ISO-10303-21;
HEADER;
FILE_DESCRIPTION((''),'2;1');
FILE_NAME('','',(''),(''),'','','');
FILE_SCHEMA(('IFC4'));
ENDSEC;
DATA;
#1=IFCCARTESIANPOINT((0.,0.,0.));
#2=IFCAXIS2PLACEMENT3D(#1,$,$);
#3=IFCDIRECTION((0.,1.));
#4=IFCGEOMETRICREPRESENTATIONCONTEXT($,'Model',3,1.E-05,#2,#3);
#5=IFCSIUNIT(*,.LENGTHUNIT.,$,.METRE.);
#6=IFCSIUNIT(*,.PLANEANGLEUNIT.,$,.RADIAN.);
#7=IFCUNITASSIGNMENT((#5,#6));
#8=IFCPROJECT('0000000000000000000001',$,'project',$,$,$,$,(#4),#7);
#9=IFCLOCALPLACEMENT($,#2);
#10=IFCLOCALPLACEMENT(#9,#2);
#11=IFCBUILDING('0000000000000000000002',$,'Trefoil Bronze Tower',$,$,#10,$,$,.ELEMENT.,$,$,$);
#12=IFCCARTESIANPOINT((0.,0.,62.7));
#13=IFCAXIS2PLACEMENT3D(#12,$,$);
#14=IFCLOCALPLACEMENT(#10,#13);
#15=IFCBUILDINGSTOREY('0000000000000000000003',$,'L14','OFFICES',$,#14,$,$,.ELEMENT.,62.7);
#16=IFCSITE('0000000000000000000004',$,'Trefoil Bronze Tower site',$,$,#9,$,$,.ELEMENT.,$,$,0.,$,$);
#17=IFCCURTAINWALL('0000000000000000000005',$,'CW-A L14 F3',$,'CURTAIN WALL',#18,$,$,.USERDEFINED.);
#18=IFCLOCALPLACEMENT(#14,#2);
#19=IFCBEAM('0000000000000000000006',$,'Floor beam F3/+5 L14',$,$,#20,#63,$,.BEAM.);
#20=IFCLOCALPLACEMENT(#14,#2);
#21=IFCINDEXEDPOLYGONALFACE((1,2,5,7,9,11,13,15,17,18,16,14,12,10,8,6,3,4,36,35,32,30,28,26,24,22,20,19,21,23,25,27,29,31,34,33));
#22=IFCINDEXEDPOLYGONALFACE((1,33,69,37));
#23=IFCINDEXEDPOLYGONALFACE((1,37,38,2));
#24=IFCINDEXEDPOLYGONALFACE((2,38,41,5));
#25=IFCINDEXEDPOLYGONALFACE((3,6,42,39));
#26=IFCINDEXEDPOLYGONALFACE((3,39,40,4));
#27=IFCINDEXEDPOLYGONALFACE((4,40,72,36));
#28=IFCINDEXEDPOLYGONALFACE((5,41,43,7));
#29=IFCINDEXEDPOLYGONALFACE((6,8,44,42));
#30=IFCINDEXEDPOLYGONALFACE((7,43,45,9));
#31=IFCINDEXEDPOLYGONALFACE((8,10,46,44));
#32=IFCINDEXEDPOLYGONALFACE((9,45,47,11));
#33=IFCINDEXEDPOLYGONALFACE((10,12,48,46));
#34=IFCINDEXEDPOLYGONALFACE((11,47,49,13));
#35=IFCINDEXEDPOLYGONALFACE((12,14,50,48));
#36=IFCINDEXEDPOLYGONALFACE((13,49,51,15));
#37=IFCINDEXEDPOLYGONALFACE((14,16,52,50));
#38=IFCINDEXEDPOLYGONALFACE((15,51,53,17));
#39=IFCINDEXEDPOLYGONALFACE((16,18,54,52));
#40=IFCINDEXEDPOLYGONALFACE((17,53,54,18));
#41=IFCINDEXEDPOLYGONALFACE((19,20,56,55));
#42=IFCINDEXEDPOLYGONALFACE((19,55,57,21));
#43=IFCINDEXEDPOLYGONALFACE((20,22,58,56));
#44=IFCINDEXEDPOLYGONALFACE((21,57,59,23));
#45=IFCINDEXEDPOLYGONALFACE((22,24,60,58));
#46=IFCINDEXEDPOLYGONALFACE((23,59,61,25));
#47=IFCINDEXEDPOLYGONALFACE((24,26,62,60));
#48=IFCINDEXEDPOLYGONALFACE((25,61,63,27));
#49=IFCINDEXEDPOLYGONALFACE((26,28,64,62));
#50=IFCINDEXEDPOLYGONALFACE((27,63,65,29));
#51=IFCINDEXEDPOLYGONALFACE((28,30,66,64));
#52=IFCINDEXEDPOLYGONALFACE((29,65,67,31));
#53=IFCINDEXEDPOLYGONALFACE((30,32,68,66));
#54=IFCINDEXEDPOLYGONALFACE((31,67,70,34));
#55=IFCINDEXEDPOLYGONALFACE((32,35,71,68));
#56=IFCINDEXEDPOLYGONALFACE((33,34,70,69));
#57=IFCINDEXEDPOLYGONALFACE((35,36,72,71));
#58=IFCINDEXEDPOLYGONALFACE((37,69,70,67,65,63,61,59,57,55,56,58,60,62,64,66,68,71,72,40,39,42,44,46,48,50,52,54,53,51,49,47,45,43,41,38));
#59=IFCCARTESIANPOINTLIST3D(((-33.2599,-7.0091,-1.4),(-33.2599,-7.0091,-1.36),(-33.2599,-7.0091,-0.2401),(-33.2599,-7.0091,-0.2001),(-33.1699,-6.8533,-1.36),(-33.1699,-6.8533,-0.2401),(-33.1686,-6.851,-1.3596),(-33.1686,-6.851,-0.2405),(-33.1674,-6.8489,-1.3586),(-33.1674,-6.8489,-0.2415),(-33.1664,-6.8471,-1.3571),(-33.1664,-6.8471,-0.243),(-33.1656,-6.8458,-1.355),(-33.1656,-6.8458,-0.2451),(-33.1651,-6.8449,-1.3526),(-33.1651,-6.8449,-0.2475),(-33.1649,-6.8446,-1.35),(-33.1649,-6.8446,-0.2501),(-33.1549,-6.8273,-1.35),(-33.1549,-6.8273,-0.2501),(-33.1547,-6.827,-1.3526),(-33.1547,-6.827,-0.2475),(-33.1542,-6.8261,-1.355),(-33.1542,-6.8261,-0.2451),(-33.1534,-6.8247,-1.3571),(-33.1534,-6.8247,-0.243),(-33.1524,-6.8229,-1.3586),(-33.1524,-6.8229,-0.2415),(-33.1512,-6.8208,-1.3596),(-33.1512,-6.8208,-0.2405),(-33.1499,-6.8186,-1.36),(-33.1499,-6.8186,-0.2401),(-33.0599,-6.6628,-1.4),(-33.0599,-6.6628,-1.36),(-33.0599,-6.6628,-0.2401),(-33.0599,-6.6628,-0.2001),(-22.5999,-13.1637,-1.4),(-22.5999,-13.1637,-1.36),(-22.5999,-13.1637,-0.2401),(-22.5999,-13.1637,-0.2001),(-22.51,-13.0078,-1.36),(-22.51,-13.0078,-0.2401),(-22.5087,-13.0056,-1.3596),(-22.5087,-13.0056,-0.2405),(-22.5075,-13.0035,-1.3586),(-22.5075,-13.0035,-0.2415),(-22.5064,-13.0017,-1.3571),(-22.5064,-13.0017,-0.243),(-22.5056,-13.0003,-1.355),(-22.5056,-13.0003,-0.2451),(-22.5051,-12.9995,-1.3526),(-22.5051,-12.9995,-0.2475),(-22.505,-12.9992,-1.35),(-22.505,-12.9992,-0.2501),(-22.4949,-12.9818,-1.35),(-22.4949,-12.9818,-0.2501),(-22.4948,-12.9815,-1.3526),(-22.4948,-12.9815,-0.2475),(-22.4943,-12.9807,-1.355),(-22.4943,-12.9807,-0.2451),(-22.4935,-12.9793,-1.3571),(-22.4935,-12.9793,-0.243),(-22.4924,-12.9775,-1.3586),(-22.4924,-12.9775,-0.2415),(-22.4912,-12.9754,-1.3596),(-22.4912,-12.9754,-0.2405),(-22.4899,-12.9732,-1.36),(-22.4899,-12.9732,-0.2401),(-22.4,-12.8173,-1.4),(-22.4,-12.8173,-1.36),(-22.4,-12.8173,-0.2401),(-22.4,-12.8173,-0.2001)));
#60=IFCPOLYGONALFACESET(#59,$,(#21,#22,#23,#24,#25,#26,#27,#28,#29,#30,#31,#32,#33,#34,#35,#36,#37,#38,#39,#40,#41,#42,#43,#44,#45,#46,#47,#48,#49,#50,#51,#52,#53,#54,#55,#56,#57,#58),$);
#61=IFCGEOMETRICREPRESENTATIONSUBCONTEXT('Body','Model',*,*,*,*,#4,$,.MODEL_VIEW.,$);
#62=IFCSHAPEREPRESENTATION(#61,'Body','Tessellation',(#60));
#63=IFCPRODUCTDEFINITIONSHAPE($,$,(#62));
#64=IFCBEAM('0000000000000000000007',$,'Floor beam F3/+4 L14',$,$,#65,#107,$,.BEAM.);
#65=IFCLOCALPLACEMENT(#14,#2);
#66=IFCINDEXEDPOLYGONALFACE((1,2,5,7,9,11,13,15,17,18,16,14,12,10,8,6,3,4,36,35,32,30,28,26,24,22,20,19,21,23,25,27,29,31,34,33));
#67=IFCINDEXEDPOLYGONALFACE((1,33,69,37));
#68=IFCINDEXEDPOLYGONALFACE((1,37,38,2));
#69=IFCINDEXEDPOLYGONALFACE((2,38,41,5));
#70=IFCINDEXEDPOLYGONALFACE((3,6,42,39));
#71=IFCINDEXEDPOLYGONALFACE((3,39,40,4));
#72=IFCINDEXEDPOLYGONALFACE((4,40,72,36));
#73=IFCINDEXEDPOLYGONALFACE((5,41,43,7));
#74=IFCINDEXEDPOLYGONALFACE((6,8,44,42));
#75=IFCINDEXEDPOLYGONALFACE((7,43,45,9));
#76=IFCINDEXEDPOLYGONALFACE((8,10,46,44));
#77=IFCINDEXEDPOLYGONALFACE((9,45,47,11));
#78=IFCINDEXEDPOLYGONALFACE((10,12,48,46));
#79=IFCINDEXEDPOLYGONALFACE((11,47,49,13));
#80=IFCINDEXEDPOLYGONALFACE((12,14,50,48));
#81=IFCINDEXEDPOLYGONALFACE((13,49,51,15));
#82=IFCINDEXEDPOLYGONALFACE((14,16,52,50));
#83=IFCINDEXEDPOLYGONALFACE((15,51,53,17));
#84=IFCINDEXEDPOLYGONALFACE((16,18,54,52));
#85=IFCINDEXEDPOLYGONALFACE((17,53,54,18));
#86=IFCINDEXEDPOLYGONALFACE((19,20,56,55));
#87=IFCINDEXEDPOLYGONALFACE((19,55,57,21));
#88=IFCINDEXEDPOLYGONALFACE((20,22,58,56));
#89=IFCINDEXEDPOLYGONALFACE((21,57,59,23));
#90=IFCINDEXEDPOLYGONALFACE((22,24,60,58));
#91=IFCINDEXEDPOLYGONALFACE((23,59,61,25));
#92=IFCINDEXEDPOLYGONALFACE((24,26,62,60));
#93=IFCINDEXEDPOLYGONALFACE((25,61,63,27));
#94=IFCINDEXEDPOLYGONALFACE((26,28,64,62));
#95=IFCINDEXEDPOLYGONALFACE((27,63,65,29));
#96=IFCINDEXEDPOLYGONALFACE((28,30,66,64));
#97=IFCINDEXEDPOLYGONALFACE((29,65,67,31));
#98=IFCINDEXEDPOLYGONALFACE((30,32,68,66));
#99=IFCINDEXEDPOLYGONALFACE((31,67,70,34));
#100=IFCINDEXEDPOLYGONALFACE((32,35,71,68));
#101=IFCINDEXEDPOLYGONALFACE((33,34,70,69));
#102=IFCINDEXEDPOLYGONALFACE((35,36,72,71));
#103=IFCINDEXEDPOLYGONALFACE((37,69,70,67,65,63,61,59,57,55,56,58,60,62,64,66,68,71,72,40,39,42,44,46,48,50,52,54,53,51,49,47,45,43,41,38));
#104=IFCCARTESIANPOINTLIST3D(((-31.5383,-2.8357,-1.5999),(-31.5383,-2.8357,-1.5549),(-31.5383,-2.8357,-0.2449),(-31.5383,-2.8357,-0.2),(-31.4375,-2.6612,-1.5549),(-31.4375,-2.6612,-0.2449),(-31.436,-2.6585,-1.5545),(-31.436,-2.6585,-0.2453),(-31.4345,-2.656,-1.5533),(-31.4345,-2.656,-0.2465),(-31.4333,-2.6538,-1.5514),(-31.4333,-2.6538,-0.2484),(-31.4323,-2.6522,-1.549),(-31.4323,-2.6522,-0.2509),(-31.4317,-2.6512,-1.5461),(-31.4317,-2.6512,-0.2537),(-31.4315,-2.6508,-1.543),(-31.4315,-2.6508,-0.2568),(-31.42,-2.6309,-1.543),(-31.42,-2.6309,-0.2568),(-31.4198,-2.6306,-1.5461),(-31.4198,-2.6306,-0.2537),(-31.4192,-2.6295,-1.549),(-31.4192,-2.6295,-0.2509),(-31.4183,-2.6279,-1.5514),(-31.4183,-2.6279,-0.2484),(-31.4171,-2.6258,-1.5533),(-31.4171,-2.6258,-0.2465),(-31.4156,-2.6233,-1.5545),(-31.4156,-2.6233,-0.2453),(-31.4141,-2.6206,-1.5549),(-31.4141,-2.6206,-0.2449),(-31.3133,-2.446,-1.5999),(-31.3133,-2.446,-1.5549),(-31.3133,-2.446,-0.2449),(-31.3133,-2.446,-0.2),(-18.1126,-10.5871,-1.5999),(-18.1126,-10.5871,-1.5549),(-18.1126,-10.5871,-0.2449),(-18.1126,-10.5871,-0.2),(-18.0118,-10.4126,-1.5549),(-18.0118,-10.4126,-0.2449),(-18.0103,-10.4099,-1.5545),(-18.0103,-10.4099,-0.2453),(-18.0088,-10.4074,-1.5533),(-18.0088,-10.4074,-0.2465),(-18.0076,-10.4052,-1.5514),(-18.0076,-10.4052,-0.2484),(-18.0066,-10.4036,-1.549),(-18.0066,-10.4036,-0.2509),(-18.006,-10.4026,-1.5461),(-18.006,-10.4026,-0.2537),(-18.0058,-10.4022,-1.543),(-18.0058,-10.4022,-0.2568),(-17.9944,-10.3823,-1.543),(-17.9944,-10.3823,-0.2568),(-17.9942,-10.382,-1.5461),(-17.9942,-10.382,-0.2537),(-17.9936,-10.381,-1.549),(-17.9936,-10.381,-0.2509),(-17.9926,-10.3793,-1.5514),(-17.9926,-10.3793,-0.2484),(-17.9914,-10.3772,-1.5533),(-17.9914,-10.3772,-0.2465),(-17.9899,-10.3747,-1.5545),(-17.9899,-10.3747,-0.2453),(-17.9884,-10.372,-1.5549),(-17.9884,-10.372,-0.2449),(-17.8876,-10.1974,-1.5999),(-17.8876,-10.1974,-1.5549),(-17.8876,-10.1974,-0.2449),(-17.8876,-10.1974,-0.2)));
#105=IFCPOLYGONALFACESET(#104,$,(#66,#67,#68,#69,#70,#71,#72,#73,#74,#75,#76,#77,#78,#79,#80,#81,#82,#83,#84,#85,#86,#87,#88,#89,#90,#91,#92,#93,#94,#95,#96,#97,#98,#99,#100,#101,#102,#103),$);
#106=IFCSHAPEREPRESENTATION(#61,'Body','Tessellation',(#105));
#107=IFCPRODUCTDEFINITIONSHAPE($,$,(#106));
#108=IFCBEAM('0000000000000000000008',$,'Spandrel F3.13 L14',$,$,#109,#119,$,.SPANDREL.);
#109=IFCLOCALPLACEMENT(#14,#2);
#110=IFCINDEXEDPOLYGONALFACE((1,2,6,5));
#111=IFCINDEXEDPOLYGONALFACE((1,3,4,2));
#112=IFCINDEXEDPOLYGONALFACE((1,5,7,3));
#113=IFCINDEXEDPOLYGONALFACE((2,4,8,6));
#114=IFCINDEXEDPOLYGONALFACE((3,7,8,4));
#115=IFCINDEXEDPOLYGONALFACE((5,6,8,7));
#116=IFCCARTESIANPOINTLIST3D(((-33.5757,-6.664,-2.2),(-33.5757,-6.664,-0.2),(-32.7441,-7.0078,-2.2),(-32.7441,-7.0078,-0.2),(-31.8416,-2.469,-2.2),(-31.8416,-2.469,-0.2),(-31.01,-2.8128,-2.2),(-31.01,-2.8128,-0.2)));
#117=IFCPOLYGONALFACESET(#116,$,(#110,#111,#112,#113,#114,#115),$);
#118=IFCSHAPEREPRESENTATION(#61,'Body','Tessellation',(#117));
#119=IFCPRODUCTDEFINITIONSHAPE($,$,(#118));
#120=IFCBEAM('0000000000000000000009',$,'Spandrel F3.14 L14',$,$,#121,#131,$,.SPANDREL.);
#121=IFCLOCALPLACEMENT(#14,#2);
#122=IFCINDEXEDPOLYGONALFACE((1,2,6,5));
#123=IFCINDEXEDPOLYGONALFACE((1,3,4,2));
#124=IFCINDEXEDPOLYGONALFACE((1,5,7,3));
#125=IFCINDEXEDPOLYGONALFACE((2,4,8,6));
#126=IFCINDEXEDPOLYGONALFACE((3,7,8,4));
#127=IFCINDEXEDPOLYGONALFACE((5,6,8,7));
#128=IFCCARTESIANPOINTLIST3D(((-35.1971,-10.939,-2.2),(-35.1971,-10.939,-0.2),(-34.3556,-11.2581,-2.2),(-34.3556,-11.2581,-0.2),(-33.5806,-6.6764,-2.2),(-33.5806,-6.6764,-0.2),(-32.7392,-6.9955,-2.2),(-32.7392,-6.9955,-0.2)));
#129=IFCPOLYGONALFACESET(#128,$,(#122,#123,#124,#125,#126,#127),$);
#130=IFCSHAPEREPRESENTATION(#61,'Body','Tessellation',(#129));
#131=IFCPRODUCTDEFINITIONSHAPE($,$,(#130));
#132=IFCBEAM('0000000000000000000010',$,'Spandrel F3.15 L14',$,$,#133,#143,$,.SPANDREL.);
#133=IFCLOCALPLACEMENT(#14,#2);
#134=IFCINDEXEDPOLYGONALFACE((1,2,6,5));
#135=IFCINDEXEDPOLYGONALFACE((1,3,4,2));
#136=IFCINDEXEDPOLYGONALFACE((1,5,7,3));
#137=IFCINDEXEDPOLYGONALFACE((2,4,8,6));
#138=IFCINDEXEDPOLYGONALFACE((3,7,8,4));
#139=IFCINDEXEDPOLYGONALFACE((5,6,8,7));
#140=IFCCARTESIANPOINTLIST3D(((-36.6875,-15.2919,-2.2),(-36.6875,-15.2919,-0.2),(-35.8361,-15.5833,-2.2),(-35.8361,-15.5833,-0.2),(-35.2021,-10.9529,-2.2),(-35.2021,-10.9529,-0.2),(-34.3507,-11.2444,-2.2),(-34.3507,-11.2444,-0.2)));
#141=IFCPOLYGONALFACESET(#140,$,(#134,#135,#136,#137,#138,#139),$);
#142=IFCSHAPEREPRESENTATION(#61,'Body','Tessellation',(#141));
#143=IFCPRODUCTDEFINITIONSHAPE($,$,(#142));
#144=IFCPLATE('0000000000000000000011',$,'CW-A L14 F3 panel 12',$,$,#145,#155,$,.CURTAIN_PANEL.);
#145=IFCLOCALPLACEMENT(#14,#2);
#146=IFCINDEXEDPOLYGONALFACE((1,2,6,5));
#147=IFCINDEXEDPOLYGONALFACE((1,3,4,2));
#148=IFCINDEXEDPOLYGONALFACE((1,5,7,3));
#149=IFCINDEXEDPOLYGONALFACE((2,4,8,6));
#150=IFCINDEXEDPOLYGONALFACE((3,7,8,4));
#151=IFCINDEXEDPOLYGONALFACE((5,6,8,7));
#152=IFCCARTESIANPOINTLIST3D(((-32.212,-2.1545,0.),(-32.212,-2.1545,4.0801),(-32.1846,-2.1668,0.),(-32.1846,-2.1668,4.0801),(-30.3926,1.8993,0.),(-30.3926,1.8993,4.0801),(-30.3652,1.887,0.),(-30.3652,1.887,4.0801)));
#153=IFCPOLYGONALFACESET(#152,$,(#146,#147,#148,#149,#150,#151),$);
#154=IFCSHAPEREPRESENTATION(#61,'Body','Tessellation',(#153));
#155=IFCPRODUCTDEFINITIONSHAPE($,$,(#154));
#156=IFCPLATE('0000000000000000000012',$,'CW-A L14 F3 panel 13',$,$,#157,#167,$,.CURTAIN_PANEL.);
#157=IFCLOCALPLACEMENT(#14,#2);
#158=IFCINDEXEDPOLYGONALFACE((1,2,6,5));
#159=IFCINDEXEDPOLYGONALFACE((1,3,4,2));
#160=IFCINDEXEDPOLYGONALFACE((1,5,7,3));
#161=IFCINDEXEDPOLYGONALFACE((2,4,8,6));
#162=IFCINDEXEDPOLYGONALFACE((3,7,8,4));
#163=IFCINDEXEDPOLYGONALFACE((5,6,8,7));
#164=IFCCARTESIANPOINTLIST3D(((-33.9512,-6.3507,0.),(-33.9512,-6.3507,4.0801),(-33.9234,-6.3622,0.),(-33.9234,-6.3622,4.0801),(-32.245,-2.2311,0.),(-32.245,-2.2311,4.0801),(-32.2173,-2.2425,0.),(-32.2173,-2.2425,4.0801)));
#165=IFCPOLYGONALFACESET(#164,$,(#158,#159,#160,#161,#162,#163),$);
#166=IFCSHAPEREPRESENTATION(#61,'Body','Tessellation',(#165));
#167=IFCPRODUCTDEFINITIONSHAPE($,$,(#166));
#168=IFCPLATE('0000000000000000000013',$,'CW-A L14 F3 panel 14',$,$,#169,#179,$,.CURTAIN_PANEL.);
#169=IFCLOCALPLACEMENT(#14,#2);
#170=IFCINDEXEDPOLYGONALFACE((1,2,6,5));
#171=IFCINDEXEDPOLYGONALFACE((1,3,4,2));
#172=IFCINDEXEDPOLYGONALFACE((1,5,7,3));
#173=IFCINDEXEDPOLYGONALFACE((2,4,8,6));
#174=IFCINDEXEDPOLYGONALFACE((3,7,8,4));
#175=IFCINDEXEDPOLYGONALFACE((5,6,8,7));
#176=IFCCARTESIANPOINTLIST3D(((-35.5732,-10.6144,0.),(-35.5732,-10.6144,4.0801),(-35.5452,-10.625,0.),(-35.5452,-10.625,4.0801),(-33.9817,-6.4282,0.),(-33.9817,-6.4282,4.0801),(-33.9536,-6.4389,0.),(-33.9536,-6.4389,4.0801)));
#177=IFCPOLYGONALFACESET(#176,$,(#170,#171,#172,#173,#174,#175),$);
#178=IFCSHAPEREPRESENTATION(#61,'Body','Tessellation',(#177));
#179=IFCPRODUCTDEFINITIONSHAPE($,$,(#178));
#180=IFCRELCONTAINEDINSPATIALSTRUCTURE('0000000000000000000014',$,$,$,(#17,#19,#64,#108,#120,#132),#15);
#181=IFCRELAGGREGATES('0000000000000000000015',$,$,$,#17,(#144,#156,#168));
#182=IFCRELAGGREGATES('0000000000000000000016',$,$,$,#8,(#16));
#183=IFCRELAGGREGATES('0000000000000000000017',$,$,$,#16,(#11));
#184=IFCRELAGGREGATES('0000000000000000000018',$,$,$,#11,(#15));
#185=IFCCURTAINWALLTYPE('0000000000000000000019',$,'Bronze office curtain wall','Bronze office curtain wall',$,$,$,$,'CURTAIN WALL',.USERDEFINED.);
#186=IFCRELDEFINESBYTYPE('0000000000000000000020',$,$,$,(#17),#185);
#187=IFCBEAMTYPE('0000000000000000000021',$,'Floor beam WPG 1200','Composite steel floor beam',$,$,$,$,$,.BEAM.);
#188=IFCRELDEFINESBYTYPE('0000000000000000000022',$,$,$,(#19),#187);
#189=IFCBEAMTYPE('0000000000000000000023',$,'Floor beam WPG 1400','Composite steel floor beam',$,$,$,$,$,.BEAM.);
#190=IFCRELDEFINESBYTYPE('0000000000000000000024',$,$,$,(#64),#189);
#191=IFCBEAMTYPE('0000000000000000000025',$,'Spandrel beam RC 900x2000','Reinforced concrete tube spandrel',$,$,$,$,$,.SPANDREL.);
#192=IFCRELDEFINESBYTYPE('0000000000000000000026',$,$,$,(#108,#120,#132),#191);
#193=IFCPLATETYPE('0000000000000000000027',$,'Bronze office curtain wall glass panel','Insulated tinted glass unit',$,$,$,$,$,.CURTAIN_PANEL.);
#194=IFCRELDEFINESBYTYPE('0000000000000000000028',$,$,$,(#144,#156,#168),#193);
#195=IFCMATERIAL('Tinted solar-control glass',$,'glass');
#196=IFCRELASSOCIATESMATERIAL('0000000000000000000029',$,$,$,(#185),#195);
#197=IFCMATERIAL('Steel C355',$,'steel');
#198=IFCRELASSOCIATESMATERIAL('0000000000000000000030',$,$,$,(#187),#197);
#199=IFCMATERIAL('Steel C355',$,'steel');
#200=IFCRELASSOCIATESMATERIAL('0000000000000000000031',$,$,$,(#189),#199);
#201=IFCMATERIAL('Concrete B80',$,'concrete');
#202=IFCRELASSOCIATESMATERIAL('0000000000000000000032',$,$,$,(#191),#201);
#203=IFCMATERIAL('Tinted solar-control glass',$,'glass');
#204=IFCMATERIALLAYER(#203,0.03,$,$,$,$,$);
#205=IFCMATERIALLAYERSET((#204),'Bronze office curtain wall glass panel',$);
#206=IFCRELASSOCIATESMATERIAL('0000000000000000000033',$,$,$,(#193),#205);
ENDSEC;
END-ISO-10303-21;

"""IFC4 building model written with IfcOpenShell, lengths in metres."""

from ifc_helpers import new_model, si_unit, direction, frame, origin, origin_2d, place, context, subcontext, project, spatial, rectangle, i_section, extrude, material, layer, layer_set, material_profile, profile_set, type_object, element, aggregate, save


model = new_model("IFC4")

# Units and contexts
model_context = context("Model", 3, precision=1e-05, world=origin(), true_north=direction((0.0, 1.0)))
body_context = subcontext(model_context, "Body", "Model", "MODEL_VIEW")
ifc_project = project(units=[si_unit("LENGTHUNIT", "METRE"), si_unit("PLANEANGLEUNIT", "RADIAN")], contexts=[model_context])

# Site, building, storey
site_placement = place(None, origin())
site = spatial("IfcSite", under=ifc_project, at=site_placement, Name="Trefoil Bronze Tower site", CompositionType="ELEMENT", RefElevation=0.0)
building_placement = place(site_placement, origin())
building = spatial("IfcBuilding", under=site, at=building_placement, Name="Trefoil Bronze Tower", CompositionType="ELEMENT")
storey_placement = place(building_placement, frame((0.0, 0.0, 62.7)))
storey = spatial("IfcBuildingStorey", under=building, at=storey_placement, Name="L14", Description="OFFICES", CompositionType="ELEMENT", Elevation=62.7)

# Curtain wall
ifc_material_1 = material(Name="Tinted solar-control glass", Category="glass")
curtain_wall_type = type_object("IfcCurtainWallType", Name="Bronze office curtain wall", Description="Bronze office curtain wall", ElementType="CURTAIN WALL", PredefinedType="USERDEFINED", material=ifc_material_1)
curtain_wall_placement = place(storey_placement, origin())
curtain_wall = element("IfcCurtainWall", 1, at=curtain_wall_placement, inside=storey, type_object=curtain_wall_type, Name="CW-A L14 F3", ObjectType="CURTAIN WALL", PredefinedType="USERDEFINED")

# Beams
ifc_material_2 = material(Name="Steel C355", Category="steel")
ifc_material_profile_1 = material_profile(ifc_material_2, i_section(OverallWidth=0.3999, OverallDepth=1.2, WebThickness=0.02, FlangeThickness=0.04, FilletRadius=0.01, at=origin_2d()), Name="WPG 1200")
ifc_profile_set_1 = profile_set([ifc_material_profile_1], Name="Steel C355")
beam_type_1 = type_object("IfcBeamType", Name="Floor beam WPG 1200", Description="Composite steel floor beam", PredefinedType="BEAM", material=ifc_profile_set_1)
beam_1_placement = place(storey_placement, frame((-33.1599, -6.8359, -0.8), z_axis=(0.866024, -0.500002, 0.0), x_axis=(0.500002, 0.866024, 0.0)))
element("IfcBeam", 2, at=beam_1_placement, inside=storey, type_object=beam_type_1, Name="Floor beam F3/+5 L14", PredefinedType="BEAM", context=body_context, shape_type="SweptSolid", body=[
    extrude(i_section(OverallWidth=0.3999, OverallDepth=1.2, WebThickness=0.02, FlangeThickness=0.04, FilletRadius=0.01, at=origin_2d()), origin(), (0.0, 0.0, 1.0), 12.3091),
])
ifc_material_3 = material(Name="Steel C355", Category="steel")
ifc_material_profile_2 = material_profile(ifc_material_3, i_section(OverallWidth=0.45, OverallDepth=1.3999, WebThickness=0.0229, FlangeThickness=0.0449, FilletRadius=0.012, at=origin_2d()), Name="WPG 1400")
ifc_profile_set_2 = profile_set([ifc_material_profile_2], Name="Steel C355")
beam_type_2 = type_object("IfcBeamType", Name="Floor beam WPG 1400", Description="Composite steel floor beam", PredefinedType="BEAM", material=ifc_profile_set_2)
beam_2_placement = place(storey_placement, frame((-31.4258, -2.6409, -0.8999), z_axis=(0.866023, -0.500004, 0.0), x_axis=(0.500004, 0.866023, 0.0)))
element("IfcBeam", 3, at=beam_2_placement, inside=storey, type_object=beam_type_2, Name="Floor beam F3/+4 L14", PredefinedType="BEAM", context=body_context, shape_type="SweptSolid", body=[
    extrude(i_section(OverallWidth=0.45, OverallDepth=1.3999, WebThickness=0.0229, FlangeThickness=0.0449, FilletRadius=0.012, at=origin_2d()), origin(), (0.0, 0.0, 1.0), 15.5027),
])
ifc_material_4 = material(Name="Concrete B80", Category="concrete")
ifc_material_profile_3 = material_profile(ifc_material_4, rectangle(XDim=0.8999, YDim=2.0, at=origin_2d()), Name="RC 900x2000")
ifc_profile_set_3 = profile_set([ifc_material_profile_3], Name="Concrete B80")
beam_type_3 = type_object("IfcBeamType", Name="Spandrel beam RC 900x2000", Description="Reinforced concrete tube spandrel", PredefinedType="SPANDREL", material=ifc_profile_set_3)
beam_3_placement = place(storey_placement, frame((-31.4258, -2.6409, -1.2), z_axis=(-0.382021, -0.924154, 0.0), x_axis=(0.924154, -0.382021, 0.0)))
element("IfcBeam", 4, at=beam_3_placement, inside=storey, type_object=beam_type_3, Name="Spandrel F3.13 L14", PredefinedType="SPANDREL", context=body_context, shape_type="SweptSolid", body=[
    extrude(rectangle(XDim=0.8999, YDim=2.0, at=origin_2d()), origin(), (0.0, 0.0, 1.0), 4.5393),
])
beam_4_placement = place(storey_placement, frame((-33.1599, -6.8359, -1.2), z_axis=(-0.354572, -0.935029, 0.0), x_axis=(0.935029, -0.354572, 0.0)))
element("IfcBeam", 5, at=beam_4_placement, inside=storey, type_object=beam_type_3, Name="Spandrel F3.14 L14", PredefinedType="SPANDREL", context=body_context, shape_type="SweptSolid", body=[
    extrude(rectangle(XDim=0.8999, YDim=2.0, at=origin_2d()), origin(), (0.0, 0.0, 1.0), 4.5588),
])
beam_5_placement = place(storey_placement, frame((-34.7764, -11.0986, -1.2), z_axis=(-0.323883, -0.946097, 0.0), x_axis=(0.946097, -0.323883, 0.0)))
element("IfcBeam", 6, at=beam_5_placement, inside=storey, type_object=beam_type_3, Name="Spandrel F3.15 L14", PredefinedType="SPANDREL", context=body_context, shape_type="SweptSolid", body=[
    extrude(rectangle(XDim=0.8999, YDim=2.0, at=origin_2d()), origin(), (0.0, 0.0, 1.0), 4.5862),
])

# Plates
ifc_material_5 = material(Name="Tinted solar-control glass", Category="glass")
ifc_layer_1 = layer(ifc_material_5, 0.03)
ifc_layer_set_1 = layer_set([ifc_layer_1], Name="Bronze office curtain wall glass panel")
plate_type = type_object("IfcPlateType", Name="Bronze office curtain wall glass panel", Description="Insulated tinted glass unit", PredefinedType="CURTAIN_PANEL", material=ifc_layer_set_1)
plate_1_placement = place(storey_placement, frame((-31.2886, -0.1338, 0.0), z_axis=(0.0, 0.0, 1.0), x_axis=(-0.409456, -0.91233, 0.0)))
plate_1 = element("IfcPlate", 7, at=plate_1_placement, type_object=plate_type, Name="CW-A L14 F3 panel 12", PredefinedType="CURTAIN_PANEL", context=body_context, shape_type="SweptSolid", body=[
    extrude(rectangle(XDim=4.4434, YDim=0.03, at=origin_2d()), origin(), (0.0, 0.0, 1.0), 4.0801),
])
plate_2_placement = place(storey_placement, frame((-33.0842, -4.2966, 0.0), z_axis=(0.0, 0.0, 1.0), x_axis=(-0.38263, -0.923902, 0.0)))
plate_2 = element("IfcPlate", 8, at=plate_2_placement, type_object=plate_type, Name="CW-A L14 F3 panel 13", PredefinedType="CURTAIN_PANEL", context=body_context, shape_type="SweptSolid", body=[
    extrude(rectangle(XDim=4.459, YDim=0.03, at=origin_2d()), origin(), (0.0, 0.0, 1.0), 4.0801),
])
plate_3_placement = place(storey_placement, frame((-34.7634, -8.5266, 0.0), z_axis=(0.0, 0.0, 1.0), x_axis=(-0.355371, -0.934725, 0.0)))
plate_3 = element("IfcPlate", 9, at=plate_3_placement, type_object=plate_type, Name="CW-A L14 F3 panel 14", PredefinedType="CURTAIN_PANEL", context=body_context, shape_type="SweptSolid", body=[
    extrude(rectangle(XDim=4.4785, YDim=0.03, at=origin_2d()), origin(), (0.0, 0.0, 1.0), 4.0801),
])
aggregate(curtain_wall, [plate_1, plate_2, plate_3])

save(model, "model.ifc")
